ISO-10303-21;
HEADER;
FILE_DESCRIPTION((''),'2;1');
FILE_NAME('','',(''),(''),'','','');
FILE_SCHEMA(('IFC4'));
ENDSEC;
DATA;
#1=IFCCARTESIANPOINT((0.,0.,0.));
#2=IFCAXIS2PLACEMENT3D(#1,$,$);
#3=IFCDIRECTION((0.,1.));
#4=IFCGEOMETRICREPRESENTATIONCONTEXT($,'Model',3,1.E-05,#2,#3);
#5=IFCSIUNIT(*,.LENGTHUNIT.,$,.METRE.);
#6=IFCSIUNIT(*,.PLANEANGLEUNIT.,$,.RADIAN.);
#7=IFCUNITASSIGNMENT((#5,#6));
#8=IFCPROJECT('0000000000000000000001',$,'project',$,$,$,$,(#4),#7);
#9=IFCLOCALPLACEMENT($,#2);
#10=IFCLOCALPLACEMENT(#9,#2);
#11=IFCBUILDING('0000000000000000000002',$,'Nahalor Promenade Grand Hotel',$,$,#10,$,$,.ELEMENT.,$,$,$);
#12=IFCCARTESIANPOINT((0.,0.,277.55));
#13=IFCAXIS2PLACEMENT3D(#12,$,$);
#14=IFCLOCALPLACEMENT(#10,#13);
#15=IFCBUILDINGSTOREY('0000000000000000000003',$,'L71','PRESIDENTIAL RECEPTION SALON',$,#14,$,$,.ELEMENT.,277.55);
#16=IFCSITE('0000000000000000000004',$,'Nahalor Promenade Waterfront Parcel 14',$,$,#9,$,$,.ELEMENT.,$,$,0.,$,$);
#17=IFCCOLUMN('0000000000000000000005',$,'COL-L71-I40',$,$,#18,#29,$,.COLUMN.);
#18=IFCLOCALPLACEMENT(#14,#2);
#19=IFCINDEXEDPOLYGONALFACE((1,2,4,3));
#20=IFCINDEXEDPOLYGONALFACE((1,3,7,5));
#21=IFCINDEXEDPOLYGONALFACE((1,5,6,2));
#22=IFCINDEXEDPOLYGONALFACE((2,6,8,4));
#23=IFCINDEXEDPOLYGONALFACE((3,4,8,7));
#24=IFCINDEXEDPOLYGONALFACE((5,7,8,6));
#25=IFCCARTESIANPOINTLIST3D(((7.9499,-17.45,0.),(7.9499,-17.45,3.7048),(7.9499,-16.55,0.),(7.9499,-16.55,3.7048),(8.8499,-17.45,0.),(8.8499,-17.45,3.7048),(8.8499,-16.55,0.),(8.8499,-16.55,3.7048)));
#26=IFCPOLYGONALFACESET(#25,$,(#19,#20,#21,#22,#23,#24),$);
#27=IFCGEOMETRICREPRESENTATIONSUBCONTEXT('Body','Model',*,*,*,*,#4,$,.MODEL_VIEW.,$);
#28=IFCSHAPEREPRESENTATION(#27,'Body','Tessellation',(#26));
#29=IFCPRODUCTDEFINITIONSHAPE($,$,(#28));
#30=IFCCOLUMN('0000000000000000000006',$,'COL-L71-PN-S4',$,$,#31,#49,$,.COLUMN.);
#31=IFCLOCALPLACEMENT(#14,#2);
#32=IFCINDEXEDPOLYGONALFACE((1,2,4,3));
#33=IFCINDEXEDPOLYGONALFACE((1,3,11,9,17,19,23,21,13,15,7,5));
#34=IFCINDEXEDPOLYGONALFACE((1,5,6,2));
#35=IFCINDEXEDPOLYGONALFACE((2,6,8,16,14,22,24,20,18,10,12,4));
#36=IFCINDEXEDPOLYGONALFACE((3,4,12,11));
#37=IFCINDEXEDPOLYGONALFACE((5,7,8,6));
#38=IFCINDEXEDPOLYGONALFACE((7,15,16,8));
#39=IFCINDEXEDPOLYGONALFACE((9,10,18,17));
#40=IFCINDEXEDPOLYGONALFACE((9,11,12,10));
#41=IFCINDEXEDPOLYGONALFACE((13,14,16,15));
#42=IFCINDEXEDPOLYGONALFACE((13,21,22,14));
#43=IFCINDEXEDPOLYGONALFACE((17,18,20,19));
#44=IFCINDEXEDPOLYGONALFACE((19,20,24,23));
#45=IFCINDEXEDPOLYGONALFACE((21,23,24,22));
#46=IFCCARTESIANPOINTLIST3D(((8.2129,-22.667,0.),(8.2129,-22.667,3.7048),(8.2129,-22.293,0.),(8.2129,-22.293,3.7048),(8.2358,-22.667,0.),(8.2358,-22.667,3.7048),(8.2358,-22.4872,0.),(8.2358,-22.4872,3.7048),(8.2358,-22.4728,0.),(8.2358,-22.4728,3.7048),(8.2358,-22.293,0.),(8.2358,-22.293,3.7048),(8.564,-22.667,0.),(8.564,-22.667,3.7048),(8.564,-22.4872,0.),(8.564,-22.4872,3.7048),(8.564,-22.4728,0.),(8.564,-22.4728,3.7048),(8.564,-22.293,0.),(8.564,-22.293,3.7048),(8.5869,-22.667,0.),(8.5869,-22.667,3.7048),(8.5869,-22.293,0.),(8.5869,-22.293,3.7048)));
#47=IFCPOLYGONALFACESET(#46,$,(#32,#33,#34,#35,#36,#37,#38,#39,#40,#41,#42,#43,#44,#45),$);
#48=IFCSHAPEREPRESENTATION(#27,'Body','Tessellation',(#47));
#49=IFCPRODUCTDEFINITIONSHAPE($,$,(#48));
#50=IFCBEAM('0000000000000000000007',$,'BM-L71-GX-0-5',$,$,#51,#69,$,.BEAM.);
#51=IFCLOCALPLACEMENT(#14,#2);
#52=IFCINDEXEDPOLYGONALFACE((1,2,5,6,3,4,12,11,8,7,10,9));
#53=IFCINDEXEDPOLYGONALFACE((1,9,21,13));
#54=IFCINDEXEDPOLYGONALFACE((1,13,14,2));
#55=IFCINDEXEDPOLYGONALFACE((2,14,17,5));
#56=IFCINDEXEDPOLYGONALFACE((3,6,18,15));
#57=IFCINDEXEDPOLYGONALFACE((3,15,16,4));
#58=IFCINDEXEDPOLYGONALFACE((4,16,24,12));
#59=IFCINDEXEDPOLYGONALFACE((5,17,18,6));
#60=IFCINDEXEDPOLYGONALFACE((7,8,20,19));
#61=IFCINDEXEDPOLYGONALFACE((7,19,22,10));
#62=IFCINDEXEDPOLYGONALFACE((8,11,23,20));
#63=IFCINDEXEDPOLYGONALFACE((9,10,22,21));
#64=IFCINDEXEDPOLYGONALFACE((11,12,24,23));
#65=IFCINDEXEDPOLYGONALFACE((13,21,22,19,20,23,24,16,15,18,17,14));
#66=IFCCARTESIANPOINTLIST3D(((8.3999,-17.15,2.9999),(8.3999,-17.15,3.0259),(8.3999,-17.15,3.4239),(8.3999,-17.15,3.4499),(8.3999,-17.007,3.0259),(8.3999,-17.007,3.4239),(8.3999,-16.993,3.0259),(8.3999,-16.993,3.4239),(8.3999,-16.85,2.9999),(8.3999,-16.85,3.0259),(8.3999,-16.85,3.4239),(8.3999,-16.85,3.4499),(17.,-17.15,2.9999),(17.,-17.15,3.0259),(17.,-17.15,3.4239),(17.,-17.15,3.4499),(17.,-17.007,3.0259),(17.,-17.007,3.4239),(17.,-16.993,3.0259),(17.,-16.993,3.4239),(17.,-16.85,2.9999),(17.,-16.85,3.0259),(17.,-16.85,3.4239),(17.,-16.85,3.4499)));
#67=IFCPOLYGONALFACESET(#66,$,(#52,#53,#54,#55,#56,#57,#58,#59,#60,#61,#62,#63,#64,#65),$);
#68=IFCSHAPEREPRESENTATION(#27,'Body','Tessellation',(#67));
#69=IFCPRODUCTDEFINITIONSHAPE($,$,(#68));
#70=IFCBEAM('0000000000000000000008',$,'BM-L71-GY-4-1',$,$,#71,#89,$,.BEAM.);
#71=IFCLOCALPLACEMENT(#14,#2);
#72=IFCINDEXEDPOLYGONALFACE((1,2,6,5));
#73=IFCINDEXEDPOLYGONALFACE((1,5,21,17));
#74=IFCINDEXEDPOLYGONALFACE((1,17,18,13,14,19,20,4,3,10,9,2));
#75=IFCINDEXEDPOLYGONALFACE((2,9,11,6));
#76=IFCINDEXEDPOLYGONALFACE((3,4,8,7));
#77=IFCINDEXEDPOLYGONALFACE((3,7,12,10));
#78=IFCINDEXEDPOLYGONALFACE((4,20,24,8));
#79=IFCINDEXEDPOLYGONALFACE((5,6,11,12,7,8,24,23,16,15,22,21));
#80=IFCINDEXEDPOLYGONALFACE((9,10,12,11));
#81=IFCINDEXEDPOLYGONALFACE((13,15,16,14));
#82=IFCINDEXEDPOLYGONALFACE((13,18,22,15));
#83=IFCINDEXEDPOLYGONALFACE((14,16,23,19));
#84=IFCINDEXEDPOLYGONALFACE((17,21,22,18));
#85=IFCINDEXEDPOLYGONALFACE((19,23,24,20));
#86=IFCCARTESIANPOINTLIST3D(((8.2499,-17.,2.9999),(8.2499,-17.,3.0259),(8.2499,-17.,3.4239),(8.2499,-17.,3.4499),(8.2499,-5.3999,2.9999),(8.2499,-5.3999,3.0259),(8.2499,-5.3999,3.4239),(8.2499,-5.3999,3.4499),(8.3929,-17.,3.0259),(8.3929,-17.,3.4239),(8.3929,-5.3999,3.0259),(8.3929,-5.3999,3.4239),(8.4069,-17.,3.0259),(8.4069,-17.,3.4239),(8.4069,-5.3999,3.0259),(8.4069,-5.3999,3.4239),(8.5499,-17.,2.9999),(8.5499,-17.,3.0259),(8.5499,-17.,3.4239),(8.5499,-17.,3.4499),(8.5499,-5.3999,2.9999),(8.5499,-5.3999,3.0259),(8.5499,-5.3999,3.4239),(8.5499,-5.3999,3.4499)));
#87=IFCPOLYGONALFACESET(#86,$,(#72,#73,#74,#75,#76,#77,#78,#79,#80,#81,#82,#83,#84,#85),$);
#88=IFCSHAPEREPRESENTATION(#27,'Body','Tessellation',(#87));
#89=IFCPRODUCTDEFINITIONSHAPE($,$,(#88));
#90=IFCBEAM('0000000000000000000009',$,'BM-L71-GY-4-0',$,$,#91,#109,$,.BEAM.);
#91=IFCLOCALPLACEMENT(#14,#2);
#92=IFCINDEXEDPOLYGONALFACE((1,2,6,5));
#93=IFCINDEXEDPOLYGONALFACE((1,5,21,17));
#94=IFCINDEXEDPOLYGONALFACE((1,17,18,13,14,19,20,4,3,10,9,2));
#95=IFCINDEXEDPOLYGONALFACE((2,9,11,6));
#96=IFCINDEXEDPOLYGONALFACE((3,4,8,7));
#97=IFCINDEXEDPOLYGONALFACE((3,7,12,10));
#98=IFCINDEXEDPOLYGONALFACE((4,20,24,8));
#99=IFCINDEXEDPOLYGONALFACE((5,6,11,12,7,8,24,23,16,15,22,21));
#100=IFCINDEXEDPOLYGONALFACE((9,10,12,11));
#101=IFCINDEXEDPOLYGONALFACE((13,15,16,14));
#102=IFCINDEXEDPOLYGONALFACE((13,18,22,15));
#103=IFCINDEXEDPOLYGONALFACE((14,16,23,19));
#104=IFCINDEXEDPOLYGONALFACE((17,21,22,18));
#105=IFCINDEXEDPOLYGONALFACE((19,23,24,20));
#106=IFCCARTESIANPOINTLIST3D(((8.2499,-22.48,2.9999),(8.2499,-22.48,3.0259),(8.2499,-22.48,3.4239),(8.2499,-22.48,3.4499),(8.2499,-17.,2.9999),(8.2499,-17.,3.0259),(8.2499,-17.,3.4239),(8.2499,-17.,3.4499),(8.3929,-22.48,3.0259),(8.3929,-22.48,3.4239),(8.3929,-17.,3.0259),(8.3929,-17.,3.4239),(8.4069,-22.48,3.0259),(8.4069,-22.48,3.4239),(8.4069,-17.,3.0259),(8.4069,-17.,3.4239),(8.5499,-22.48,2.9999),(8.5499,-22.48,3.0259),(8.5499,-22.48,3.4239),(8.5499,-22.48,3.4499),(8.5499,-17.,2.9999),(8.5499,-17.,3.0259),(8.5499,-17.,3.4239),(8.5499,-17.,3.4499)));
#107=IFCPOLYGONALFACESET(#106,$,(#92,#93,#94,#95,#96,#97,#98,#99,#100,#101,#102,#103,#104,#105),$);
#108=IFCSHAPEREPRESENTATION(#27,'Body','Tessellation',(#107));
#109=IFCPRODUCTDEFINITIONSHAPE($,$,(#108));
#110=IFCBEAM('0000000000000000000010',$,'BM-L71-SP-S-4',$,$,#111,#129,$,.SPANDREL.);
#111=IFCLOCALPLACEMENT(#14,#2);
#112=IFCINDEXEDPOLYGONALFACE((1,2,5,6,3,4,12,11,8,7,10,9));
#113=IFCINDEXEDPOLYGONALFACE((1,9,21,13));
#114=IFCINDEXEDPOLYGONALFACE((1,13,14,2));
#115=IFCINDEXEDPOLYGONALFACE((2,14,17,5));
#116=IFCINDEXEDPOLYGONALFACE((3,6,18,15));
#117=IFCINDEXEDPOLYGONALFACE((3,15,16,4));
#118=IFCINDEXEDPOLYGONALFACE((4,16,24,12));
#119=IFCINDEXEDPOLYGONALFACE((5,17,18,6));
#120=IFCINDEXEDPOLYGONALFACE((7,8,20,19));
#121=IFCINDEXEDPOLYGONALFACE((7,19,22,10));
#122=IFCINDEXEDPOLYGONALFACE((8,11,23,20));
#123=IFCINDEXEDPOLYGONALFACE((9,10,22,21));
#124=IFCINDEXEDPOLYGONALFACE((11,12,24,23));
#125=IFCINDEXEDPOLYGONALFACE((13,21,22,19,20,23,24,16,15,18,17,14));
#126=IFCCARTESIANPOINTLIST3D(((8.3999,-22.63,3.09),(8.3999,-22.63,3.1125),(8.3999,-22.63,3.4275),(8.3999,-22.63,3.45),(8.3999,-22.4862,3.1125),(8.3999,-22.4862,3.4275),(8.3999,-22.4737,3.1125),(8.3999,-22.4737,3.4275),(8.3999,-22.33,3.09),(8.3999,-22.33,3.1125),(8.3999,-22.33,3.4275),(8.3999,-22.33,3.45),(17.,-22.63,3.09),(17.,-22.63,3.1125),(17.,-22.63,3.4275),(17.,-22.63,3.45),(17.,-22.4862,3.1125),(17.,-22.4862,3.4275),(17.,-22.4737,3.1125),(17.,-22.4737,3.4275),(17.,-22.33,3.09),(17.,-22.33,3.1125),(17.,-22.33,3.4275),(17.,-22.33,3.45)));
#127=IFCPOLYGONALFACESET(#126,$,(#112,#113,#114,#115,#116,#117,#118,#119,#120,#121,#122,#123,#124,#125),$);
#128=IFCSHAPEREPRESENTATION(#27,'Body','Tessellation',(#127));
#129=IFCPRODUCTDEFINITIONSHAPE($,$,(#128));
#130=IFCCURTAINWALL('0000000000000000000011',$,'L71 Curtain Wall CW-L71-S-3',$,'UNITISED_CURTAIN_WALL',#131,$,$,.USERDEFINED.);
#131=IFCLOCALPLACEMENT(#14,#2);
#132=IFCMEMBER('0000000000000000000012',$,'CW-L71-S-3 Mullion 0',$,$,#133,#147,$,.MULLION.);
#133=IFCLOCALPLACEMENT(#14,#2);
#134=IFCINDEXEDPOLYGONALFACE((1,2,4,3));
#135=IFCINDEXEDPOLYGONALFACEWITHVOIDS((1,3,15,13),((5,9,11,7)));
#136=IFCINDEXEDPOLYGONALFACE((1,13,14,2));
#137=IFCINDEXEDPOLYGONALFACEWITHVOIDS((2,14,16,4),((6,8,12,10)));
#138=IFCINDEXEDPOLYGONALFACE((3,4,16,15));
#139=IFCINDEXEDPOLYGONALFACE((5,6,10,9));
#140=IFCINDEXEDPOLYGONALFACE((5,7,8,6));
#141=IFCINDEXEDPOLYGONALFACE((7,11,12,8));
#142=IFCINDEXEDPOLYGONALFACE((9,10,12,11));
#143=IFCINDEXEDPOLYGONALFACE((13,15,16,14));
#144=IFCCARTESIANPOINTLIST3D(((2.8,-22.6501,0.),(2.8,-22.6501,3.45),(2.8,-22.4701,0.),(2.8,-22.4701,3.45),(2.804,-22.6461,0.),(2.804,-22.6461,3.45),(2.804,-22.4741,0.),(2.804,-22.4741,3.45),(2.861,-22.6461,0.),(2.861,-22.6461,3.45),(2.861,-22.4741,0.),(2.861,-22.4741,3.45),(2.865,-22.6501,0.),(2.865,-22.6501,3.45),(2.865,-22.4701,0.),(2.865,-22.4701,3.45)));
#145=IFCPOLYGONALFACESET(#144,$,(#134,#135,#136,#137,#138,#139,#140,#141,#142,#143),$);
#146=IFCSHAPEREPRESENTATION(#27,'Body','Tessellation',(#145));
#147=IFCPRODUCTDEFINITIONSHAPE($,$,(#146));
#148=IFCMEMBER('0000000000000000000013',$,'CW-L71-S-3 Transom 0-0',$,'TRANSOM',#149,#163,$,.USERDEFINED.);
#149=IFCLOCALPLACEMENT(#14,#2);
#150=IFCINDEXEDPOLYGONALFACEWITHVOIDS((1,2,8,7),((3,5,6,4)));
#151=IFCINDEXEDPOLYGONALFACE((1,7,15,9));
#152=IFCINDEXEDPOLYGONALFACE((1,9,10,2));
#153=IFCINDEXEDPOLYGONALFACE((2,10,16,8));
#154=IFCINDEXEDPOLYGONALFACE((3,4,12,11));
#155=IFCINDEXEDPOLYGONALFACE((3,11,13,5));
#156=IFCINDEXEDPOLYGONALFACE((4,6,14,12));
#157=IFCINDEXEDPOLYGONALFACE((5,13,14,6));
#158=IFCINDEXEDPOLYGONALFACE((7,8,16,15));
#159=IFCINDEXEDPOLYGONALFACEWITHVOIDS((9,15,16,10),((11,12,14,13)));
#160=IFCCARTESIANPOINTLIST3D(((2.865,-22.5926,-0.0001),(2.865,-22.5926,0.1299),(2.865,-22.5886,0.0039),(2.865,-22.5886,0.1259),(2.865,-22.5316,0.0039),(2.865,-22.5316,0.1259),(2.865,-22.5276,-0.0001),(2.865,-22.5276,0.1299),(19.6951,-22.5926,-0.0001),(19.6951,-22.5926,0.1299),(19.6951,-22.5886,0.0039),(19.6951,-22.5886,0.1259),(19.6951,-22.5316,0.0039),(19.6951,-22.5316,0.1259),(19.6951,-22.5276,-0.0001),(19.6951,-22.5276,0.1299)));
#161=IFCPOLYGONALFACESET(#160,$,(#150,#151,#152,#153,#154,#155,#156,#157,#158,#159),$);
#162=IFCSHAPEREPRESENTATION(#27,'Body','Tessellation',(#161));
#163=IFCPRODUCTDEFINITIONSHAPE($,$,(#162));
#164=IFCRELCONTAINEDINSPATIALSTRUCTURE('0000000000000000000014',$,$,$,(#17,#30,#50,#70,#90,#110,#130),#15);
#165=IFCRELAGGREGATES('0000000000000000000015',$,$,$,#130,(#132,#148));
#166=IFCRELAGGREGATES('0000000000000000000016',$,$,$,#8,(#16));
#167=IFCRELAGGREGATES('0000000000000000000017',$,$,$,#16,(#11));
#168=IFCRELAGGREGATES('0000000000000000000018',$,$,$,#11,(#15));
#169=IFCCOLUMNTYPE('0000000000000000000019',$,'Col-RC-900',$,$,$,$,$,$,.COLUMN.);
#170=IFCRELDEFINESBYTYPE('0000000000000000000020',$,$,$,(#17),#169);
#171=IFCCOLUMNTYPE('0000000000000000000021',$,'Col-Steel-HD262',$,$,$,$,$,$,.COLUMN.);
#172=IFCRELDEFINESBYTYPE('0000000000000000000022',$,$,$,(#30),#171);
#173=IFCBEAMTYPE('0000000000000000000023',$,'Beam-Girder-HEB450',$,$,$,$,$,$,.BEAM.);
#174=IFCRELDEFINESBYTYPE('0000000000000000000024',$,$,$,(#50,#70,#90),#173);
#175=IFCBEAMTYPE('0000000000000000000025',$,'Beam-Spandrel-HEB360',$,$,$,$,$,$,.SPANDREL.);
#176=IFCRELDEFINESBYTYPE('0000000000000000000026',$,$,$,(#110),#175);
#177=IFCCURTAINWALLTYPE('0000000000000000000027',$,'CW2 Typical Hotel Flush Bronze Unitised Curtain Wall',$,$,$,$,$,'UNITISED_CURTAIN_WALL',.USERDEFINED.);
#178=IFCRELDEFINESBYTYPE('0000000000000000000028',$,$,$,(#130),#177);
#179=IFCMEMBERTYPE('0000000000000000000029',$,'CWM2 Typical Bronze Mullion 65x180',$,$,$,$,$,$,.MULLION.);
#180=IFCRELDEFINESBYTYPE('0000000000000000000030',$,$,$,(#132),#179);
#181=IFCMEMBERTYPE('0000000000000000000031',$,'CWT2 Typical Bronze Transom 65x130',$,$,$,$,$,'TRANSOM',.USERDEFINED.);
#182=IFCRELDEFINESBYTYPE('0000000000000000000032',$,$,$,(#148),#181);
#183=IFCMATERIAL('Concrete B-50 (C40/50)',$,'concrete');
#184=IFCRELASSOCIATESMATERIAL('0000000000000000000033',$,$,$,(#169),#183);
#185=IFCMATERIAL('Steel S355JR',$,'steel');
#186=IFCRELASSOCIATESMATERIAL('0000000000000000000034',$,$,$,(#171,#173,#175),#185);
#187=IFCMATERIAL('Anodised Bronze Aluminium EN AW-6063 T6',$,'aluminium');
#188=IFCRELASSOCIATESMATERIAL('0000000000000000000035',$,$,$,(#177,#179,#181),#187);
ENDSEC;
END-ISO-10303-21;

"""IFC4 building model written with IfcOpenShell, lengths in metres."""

from ifc_helpers import new_model, si_unit, direction, frame, origin, origin_2d, place, context, subcontext, project, spatial, rectangle, hollow_rectangle, i_section, extrude, source, transform, mapped, material, material_profile, profile_set, type_object, element, aggregate, save


model = new_model("IFC4")

# Units and contexts
model_context = context("Model", 3, precision=1e-05, world=origin(), true_north=direction((0.0, 1.0)))
body_context = subcontext(model_context, "Body", "Model", "MODEL_VIEW")
ifc_project = project(units=[si_unit("LENGTHUNIT", "METRE"), si_unit("PLANEANGLEUNIT", "RADIAN")], contexts=[model_context])

# Site, building, storey
site_placement = place(None, origin())
site = spatial("IfcSite", under=ifc_project, at=site_placement, Name="Nahalor Promenade Waterfront Parcel 14", CompositionType="ELEMENT", RefElevation=0.0)
building_placement = place(site_placement, origin())
building = spatial("IfcBuilding", under=site, at=building_placement, Name="Nahalor Promenade Grand Hotel", CompositionType="ELEMENT")
storey_placement = place(building_placement, frame((0.0, 0.0, 277.55)))
storey = spatial("IfcBuildingStorey", under=building, at=storey_placement, Name="L71", Description="PRESIDENTIAL RECEPTION SALON", CompositionType="ELEMENT", Elevation=277.55)

# Columns
ifc_material_1 = material(Name="Concrete B-50 (C40/50)", Category="concrete")
ifc_material_profile_1 = material_profile(ifc_material_1, rectangle(XDim=0.9, YDim=0.9, at=origin_2d()), Name="RC 900x900")
ifc_profile_set_1 = profile_set([ifc_material_profile_1], Name="Concrete B-50 (C40/50)")
column_type_1 = type_object("IfcColumnType", Name="Col-RC-900", PredefinedType="COLUMN", material=ifc_profile_set_1)
shared_shape_1 = source(origin(), body_context, "Body", "SweptSolid", [
    extrude(rectangle(XDim=0.9, YDim=0.9, at=origin_2d()), origin(), (0.0, 0.0, 1.0), 3.7048),
])
column_1_placement = place(storey_placement, frame((8.3999, -17.0, 0.0), z_axis=(0.0, 0.0, 1.0), x_axis=(1.0, 0.0, 0.0)))
element("IfcColumn", 1, at=column_1_placement, inside=storey, type_object=column_type_1, Name="COL-L71-I40", PredefinedType="COLUMN", context=body_context, shape_type="MappedRepresentation", body=[
    mapped(shared_shape_1, transform((0.0, 0.0, 0.0), scale=1.0)),
])
ifc_material_2 = material(Name="Steel S355JR", Category="steel")
ifc_material_profile_2 = material_profile(ifc_material_2, i_section(OverallWidth=0.374, OverallDepth=0.374, WebThickness=0.0144, FlangeThickness=0.0229, at=origin_2d()), Name="HD 360x262")
ifc_profile_set_2 = profile_set([ifc_material_profile_2], Name="Steel S355JR")
column_type_2 = type_object("IfcColumnType", Name="Col-Steel-HD262", PredefinedType="COLUMN", material=ifc_profile_set_2)
shared_shape_2 = source(origin(), body_context, "Body", "SweptSolid", [
    extrude(i_section(OverallWidth=0.374, OverallDepth=0.374, WebThickness=0.0144, FlangeThickness=0.0229, at=origin_2d()), origin(), (0.0, 0.0, 1.0), 3.7048),
])
column_2_placement = place(storey_placement, frame((8.3999, -22.48, 0.0), z_axis=(0.0, 0.0, 1.0), x_axis=(0.0, 1.0, 0.0)))
element("IfcColumn", 2, at=column_2_placement, inside=storey, type_object=column_type_2, Name="COL-L71-PN-S4", PredefinedType="COLUMN", context=body_context, shape_type="MappedRepresentation", body=[
    mapped(shared_shape_2, transform((0.0, 0.0, 0.0), scale=1.0)),
])

# Beams
ifc_material_profile_3 = material_profile(ifc_material_2, i_section(OverallWidth=0.3, OverallDepth=0.45, WebThickness=0.014, FlangeThickness=0.026, at=origin_2d()), Name="HEB 450")
ifc_profile_set_3 = profile_set([ifc_material_profile_3], Name="Steel S355JR")
beam_type_1 = type_object("IfcBeamType", Name="Beam-Girder-HEB450", PredefinedType="BEAM", material=ifc_profile_set_3)
shared_shape_3 = source(origin(), body_context, "Body", "SweptSolid", [
    extrude(i_section(OverallWidth=0.3, OverallDepth=0.45, WebThickness=0.014, FlangeThickness=0.026, at=origin_2d()), origin(), (0.0, 0.0, 1.0), 8.6001),
])
beam_1_placement = place(storey_placement, frame((8.3999, -17.0, 3.2249), z_axis=(1.0, 0.0, 0.0), x_axis=(0.0, 1.0, 0.0)))
element("IfcBeam", 3, at=beam_1_placement, inside=storey, type_object=beam_type_1, Name="BM-L71-GX-0-5", PredefinedType="BEAM", context=body_context, shape_type="MappedRepresentation", body=[
    mapped(shared_shape_3, transform((0.0, 0.0, 0.0), scale=1.0)),
])
shared_shape_4 = source(origin(), body_context, "Body", "SweptSolid", [
    extrude(i_section(OverallWidth=0.3, OverallDepth=0.45, WebThickness=0.014, FlangeThickness=0.026, at=origin_2d()), origin(), (0.0, 0.0, 1.0), 11.6001),
])
beam_2_placement = place(storey_placement, frame((8.3999, -17.0, 3.2249), z_axis=(0.0, 1.0, 0.0), x_axis=(-1.0, 0.0, 0.0)))
element("IfcBeam", 4, at=beam_2_placement, inside=storey, type_object=beam_type_1, Name="BM-L71-GY-4-1", PredefinedType="BEAM", context=body_context, shape_type="MappedRepresentation", body=[
    mapped(shared_shape_4, transform((0.0, 0.0, 0.0), scale=1.0)),
])
shared_shape_5 = source(origin(), body_context, "Body", "SweptSolid", [
    extrude(i_section(OverallWidth=0.3, OverallDepth=0.45, WebThickness=0.014, FlangeThickness=0.026, at=origin_2d()), origin(), (0.0, 0.0, 1.0), 5.48),
])
beam_3_placement = place(storey_placement, frame((8.3999, -22.48, 3.2249), z_axis=(0.0, 1.0, 0.0), x_axis=(-1.0, 0.0, 0.0)))
element("IfcBeam", 5, at=beam_3_placement, inside=storey, type_object=beam_type_1, Name="BM-L71-GY-4-0", PredefinedType="BEAM", context=body_context, shape_type="MappedRepresentation", body=[
    mapped(shared_shape_5, transform((0.0, 0.0, 0.0), scale=1.0)),
])
ifc_material_profile_4 = material_profile(ifc_material_2, i_section(OverallWidth=0.3, OverallDepth=0.36, WebThickness=0.0125, FlangeThickness=0.0225, at=origin_2d()), Name="HEB 360")
ifc_profile_set_4 = profile_set([ifc_material_profile_4], Name="Steel S355JR")
beam_type_2 = type_object("IfcBeamType", Name="Beam-Spandrel-HEB360", PredefinedType="SPANDREL", material=ifc_profile_set_4)
shared_shape_6 = source(origin(), body_context, "Body", "SweptSolid", [
    extrude(i_section(OverallWidth=0.3, OverallDepth=0.36, WebThickness=0.0125, FlangeThickness=0.0225, at=origin_2d()), origin(), (0.0, 0.0, 1.0), 8.6001),
])
beam_4_placement = place(storey_placement, frame((8.3999, -22.48, 3.27), z_axis=(1.0, 0.0, 0.0), x_axis=(0.0, 1.0, 0.0)))
element("IfcBeam", 6, at=beam_4_placement, inside=storey, type_object=beam_type_2, Name="BM-L71-SP-S-4", PredefinedType="SPANDREL", context=body_context, shape_type="MappedRepresentation", body=[
    mapped(shared_shape_6, transform((0.0, 0.0, 0.0), scale=1.0)),
])

# Curtain wall, members
ifc_material_3 = material(Name="Anodised Bronze Aluminium EN AW-6063 T6", Category="aluminium")
curtain_wall_type = type_object("IfcCurtainWallType", Name="CW2 Typical Hotel Flush Bronze Unitised Curtain Wall", ElementType="UNITISED_CURTAIN_WALL", PredefinedType="USERDEFINED", material=ifc_material_3)
curtain_wall_placement = place(storey_placement, origin())
curtain_wall = element("IfcCurtainWall", 7, at=curtain_wall_placement, inside=storey, type_object=curtain_wall_type, Name="L71 Curtain Wall CW-L71-S-3", ObjectType="UNITISED_CURTAIN_WALL", PredefinedType="USERDEFINED")
ifc_material_profile_5 = material_profile(ifc_material_3, hollow_rectangle(XDim=0.065, YDim=0.18, WallThickness=0.004, at=origin_2d()), Name="CWM 65x180x4")
ifc_profile_set_5 = profile_set([ifc_material_profile_5], Name="Anodised Bronze Aluminium EN AW-6063 T6")
member_type_1 = type_object("IfcMemberType", Name="CWM2 Typical Bronze Mullion 65x180", PredefinedType="MULLION", material=ifc_profile_set_5)
shared_shape_7 = source(origin(), body_context, "Body", "SweptSolid", [
    extrude(hollow_rectangle(XDim=0.065, YDim=0.18, WallThickness=0.004, at=origin_2d()), origin(), (0.0, 0.0, 1.0), 3.45),
])
member_1_placement = place(storey_placement, frame((2.8325, -22.5601, 0.0), z_axis=(0.0, 0.0, 1.0), x_axis=(1.0, 0.0, 0.0)))
member_1 = element("IfcMember", 8, at=member_1_placement, type_object=member_type_1, Name="CW-L71-S-3 Mullion 0", PredefinedType="MULLION", context=body_context, shape_type="MappedRepresentation", body=[
    mapped(shared_shape_7, transform((0.0, 0.0, 0.0), scale=1.0)),
])
ifc_material_profile_6 = material_profile(ifc_material_3, hollow_rectangle(XDim=0.065, YDim=0.13, WallThickness=0.004, at=origin_2d()), Name="CWT 65x130x4")
ifc_profile_set_6 = profile_set([ifc_material_profile_6], Name="Anodised Bronze Aluminium EN AW-6063 T6")
member_type_2 = type_object("IfcMemberType", Name="CWT2 Typical Bronze Transom 65x130", ElementType="TRANSOM", PredefinedType="USERDEFINED", material=ifc_profile_set_6)
shared_shape_8 = source(origin(), body_context, "Body", "SweptSolid", [
    extrude(hollow_rectangle(XDim=0.065, YDim=0.13, WallThickness=0.004, at=origin_2d()), origin(), (0.0, 0.0, 1.0), 16.8301),
])
member_2_placement = place(storey_placement, frame((2.865, -22.5601, 0.0649), z_axis=(1.0, 0.0, 0.0), x_axis=(0.0, 1.0, 0.0)))
member_2 = element("IfcMember", 9, at=member_2_placement, type_object=member_type_2, Name="CW-L71-S-3 Transom 0-0", ObjectType="TRANSOM", PredefinedType="USERDEFINED", context=body_context, shape_type="MappedRepresentation", body=[
    mapped(shared_shape_8, transform((0.0, 0.0, 0.0), scale=1.0)),
])
aggregate(curtain_wall, [member_1, member_2])

save(model, "model.ifc")
